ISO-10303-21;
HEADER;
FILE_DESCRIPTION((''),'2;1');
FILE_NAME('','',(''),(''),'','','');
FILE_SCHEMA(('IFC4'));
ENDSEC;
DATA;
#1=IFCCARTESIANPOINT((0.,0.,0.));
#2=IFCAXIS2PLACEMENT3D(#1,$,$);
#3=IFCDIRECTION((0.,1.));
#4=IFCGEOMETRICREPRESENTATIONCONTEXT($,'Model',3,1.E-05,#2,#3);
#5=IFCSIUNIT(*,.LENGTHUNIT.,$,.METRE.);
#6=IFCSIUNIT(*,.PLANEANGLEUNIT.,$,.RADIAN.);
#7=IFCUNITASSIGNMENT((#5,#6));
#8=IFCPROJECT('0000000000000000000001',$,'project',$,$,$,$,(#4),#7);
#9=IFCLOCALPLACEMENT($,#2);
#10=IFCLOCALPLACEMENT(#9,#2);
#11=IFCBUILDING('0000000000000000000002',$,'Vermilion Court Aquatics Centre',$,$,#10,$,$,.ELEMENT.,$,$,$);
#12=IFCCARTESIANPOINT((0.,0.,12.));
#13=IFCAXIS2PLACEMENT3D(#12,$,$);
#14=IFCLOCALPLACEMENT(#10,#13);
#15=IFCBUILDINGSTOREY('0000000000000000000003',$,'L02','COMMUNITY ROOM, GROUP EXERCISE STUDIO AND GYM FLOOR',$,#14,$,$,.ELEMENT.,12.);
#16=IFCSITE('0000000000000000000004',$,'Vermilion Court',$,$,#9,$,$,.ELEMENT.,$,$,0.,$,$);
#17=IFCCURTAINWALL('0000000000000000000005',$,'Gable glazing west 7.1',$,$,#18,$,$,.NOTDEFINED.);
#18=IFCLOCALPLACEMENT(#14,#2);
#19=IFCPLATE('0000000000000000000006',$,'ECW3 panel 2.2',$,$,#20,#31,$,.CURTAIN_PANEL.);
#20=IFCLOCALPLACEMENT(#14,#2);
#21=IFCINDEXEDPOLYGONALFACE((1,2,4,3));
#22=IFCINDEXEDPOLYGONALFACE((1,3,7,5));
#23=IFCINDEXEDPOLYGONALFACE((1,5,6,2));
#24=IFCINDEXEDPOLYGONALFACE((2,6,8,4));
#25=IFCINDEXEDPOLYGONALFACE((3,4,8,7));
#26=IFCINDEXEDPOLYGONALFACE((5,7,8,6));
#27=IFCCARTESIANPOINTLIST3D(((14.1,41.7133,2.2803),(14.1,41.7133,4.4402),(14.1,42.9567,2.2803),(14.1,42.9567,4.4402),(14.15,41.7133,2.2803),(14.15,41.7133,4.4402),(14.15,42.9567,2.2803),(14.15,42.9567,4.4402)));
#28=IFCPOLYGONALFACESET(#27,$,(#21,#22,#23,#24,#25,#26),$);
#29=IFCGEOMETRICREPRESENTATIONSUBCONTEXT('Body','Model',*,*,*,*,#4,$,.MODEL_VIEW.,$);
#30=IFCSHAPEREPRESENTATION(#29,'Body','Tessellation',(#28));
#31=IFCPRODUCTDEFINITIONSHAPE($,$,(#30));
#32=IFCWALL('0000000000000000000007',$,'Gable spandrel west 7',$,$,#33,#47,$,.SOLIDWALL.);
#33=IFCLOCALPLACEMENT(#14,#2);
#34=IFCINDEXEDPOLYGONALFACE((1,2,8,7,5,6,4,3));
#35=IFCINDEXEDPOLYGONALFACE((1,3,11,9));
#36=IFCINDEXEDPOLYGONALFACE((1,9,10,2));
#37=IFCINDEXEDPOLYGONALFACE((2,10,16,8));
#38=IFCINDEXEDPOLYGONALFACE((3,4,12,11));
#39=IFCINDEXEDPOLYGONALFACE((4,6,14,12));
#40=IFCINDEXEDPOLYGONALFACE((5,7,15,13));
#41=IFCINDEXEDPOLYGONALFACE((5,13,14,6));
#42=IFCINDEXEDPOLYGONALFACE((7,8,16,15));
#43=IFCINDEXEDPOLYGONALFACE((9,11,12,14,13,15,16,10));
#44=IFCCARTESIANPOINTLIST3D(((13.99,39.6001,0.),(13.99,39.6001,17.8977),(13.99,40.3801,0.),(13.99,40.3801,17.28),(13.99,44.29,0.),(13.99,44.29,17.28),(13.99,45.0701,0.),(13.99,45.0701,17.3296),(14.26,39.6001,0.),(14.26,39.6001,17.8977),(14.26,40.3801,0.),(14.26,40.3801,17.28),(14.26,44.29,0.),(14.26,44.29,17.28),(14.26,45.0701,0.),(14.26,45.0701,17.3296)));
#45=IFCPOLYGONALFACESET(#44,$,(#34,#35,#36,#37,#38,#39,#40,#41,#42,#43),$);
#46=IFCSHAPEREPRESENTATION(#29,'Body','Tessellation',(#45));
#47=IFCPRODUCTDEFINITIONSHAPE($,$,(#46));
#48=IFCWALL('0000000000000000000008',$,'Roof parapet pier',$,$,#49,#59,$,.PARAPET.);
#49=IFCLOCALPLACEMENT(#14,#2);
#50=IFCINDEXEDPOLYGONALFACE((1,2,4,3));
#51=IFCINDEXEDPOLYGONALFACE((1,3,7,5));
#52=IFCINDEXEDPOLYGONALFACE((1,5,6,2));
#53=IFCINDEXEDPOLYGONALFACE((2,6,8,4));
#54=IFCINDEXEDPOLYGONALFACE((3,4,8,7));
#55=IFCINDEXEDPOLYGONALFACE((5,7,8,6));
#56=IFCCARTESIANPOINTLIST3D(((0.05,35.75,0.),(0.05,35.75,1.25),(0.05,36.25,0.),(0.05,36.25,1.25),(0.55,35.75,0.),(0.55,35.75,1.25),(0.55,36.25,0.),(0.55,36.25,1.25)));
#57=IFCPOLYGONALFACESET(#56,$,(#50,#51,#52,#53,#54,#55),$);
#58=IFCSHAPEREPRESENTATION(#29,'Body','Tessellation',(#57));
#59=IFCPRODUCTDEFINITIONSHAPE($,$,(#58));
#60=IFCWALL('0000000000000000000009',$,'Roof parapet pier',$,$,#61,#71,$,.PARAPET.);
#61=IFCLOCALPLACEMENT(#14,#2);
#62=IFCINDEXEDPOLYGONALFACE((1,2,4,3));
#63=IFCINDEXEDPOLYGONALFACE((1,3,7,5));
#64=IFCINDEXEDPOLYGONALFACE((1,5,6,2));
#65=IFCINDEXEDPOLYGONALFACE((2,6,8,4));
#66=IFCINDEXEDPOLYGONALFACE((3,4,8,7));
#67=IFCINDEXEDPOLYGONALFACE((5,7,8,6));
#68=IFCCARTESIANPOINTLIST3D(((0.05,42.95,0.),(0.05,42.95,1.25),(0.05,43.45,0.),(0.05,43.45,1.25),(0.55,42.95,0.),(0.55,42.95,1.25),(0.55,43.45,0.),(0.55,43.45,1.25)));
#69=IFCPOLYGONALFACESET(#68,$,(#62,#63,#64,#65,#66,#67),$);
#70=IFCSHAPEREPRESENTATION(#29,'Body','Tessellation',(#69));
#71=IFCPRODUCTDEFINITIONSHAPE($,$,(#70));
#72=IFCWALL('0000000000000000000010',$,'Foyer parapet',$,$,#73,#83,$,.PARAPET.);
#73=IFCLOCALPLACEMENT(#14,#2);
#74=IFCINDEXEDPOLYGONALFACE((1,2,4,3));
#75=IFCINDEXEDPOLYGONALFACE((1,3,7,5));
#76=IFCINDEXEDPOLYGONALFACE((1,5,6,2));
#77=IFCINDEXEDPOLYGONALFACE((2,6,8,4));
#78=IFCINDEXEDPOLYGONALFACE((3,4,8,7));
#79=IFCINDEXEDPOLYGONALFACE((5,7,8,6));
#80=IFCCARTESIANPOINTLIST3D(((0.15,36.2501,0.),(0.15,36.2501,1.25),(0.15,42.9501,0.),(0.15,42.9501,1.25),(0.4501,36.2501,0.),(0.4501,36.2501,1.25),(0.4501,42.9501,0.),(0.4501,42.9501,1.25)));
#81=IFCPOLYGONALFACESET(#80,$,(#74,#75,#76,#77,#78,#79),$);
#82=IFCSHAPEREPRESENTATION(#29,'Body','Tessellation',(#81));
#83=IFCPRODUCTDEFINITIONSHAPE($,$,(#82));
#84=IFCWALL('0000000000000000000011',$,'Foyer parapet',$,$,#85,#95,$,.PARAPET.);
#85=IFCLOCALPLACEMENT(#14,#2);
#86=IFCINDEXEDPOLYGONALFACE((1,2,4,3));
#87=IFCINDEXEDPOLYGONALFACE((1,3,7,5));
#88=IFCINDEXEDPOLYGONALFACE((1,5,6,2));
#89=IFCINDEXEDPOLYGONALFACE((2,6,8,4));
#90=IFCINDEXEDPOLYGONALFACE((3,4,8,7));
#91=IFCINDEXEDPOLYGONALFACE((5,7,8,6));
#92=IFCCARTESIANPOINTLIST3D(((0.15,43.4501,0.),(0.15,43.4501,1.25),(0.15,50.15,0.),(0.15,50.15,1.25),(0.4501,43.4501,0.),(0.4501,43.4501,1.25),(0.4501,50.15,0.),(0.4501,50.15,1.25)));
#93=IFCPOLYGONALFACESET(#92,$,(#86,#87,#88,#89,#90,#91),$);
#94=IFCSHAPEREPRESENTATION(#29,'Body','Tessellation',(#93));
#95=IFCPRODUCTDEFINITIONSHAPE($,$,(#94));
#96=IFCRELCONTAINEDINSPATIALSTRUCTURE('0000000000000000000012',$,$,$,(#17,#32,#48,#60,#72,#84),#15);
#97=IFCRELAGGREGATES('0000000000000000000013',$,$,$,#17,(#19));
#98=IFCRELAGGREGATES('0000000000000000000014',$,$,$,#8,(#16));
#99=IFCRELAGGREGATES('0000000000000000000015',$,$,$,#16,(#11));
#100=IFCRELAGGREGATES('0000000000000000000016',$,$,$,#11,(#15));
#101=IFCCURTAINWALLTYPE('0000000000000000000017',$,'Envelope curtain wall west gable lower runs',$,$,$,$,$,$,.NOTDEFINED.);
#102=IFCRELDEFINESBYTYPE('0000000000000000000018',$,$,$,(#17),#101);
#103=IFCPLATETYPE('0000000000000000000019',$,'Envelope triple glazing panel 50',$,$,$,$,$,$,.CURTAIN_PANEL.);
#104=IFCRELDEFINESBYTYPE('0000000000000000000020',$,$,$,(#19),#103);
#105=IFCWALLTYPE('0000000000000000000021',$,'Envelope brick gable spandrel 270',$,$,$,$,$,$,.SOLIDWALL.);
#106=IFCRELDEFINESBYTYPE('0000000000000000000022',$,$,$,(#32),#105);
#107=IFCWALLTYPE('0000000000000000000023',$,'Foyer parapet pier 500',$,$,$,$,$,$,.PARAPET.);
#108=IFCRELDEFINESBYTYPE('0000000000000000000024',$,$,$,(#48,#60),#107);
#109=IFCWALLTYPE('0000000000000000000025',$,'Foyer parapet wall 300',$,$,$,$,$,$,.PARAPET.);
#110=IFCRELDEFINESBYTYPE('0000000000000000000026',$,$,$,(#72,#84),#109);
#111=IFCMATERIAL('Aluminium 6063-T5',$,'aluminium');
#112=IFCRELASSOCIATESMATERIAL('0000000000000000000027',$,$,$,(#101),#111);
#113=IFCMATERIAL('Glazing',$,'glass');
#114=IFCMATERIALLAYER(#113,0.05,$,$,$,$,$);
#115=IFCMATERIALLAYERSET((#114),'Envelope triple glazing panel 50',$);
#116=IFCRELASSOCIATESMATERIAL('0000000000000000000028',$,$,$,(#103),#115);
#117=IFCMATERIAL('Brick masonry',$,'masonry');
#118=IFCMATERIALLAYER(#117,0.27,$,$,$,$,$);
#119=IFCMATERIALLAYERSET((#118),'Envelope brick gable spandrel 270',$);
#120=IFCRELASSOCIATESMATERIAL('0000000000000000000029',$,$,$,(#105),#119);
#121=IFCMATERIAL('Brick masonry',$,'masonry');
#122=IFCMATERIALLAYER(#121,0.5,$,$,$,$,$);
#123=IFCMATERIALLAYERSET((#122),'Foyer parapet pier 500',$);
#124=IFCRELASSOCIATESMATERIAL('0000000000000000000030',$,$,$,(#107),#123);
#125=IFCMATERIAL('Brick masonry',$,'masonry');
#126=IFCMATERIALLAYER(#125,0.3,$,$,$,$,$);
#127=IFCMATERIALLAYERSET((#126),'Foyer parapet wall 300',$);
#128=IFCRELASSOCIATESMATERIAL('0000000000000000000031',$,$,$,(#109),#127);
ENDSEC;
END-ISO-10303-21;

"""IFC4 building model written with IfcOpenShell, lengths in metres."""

from ifc_helpers import new_model, si_unit, direction, frame, frame_2d, origin, origin_2d, place, context, subcontext, project, spatial, polyline, rectangle, outline, extrude, material, layer, layer_set, type_object, element, aggregate, save


model = new_model("IFC4")

# Units and contexts
model_context = context("Model", 3, precision=1e-05, world=origin(), true_north=direction((0.0, 1.0)))
body_context = subcontext(model_context, "Body", "Model", "MODEL_VIEW")
ifc_project = project(units=[si_unit("LENGTHUNIT", "METRE"), si_unit("PLANEANGLEUNIT", "RADIAN")], contexts=[model_context])

# Site, building, storey
site_placement = place(None, origin())
site = spatial("IfcSite", under=ifc_project, at=site_placement, Name="Vermilion Court", CompositionType="ELEMENT", RefElevation=0.0)
building_placement = place(site_placement, origin())
building = spatial("IfcBuilding", under=site, at=building_placement, Name="Vermilion Court Aquatics Centre", CompositionType="ELEMENT")
storey_placement = place(building_placement, frame((0.0, 0.0, 12.0)))
storey = spatial("IfcBuildingStorey", under=building, at=storey_placement, Name="L02", Description="COMMUNITY ROOM, GROUP EXERCISE STUDIO AND GYM FLOOR", CompositionType="ELEMENT", Elevation=12.0)

# Curtain wall
ifc_material_1 = material(Name="Aluminium 6063-T5", Category="aluminium")
curtain_wall_type = type_object("IfcCurtainWallType", Name="Envelope curtain wall west gable lower runs", PredefinedType="NOTDEFINED", material=ifc_material_1)
curtain_wall_1_placement = place(storey_placement, origin())
curtain_wall_1 = element("IfcCurtainWall", 1, at=curtain_wall_1_placement, inside=storey, type_object=curtain_wall_type, Name="Gable glazing west 7.1", PredefinedType="NOTDEFINED")

# Plate
ifc_material_2 = material(Name="Glazing", Category="glass")
ifc_layer_1 = layer(ifc_material_2, 0.05)
ifc_layer_set_1 = layer_set([ifc_layer_1], Name="Envelope triple glazing panel 50")
plate_type = type_object("IfcPlateType", Name="Envelope triple glazing panel 50", PredefinedType="CURTAIN_PANEL", material=ifc_layer_set_1)
plate_1_placement = place(storey_placement, frame((14.125, 42.335, 2.2803), z_axis=(0.0, 0.0, 1.0), x_axis=(0.0, 1.0, 0.0)))
plate_1 = element("IfcPlate", 2, at=plate_1_placement, type_object=plate_type, Name="ECW3 panel 2.2", PredefinedType="CURTAIN_PANEL", context=body_context, shape_type="SweptSolid", body=[
    extrude(rectangle(XDim=1.2434, YDim=0.05, at=origin_2d()), origin(), (0.0, 0.0, 1.0), 2.1599),
])
aggregate(curtain_wall_1, [plate_1])

# Walls
ifc_material_3 = material(Name="Brick masonry", Category="masonry")
ifc_layer_2 = layer(ifc_material_3, 0.27)
ifc_layer_set_2 = layer_set([ifc_layer_2], Name="Envelope brick gable spandrel 270")
wall_type_1 = type_object("IfcWallType", Name="Envelope brick gable spandrel 270", PredefinedType="SOLIDWALL", material=ifc_layer_set_2)
wall_placement = place(storey_placement, frame((14.125, 39.6001, 0.0), z_axis=(0.0, 0.0, 1.0), x_axis=(0.0, 1.0, 0.0)))
element("IfcWall", 3, at=wall_placement, inside=storey, type_object=wall_type_1, Name="Gable spandrel west 7", PredefinedType="SOLIDWALL", context=body_context, shape_type="SweptSolid", body=[
    extrude(outline(polyline([(0.0, 0.0), (0.78, 0.0), (0.78, 17.28), (4.6899, 17.28), (4.6899, 0.0), (5.47, 0.0), (5.47, 17.3296), (0.0, 17.8977), (0.0, 0.0)])), frame((0.0, 0.135, 0.0), z_axis=(0.0, -1.0, 0.0), x_axis=(1.0, 0.0, 0.0)), (0.0, 0.0, 1.0), 0.27),
])
ifc_material_4 = material(Name="Brick masonry", Category="masonry")
ifc_layer_3 = layer(ifc_material_4, 0.5)
ifc_layer_set_3 = layer_set([ifc_layer_3], Name="Foyer parapet pier 500")
wall_type_2 = type_object("IfcWallType", Name="Foyer parapet pier 500", PredefinedType="PARAPET", material=ifc_layer_set_3)
for number, where, z_axis, x_axis, name in (
    (4, (0.05, 36.0, 0.0), (0.0, 0.0, 1.0), (1.0, 0.0, 0.0), "Roof parapet pier"),
    (5, (0.05, 43.2, 0.0), (0.0, 0.0, 1.0), (1.0, 0.0, 0.0), "Roof parapet pier"),
):
    element("IfcWall", number, at=place(storey_placement, frame(where, z_axis=z_axis, x_axis=x_axis)), inside=storey, type_object=wall_type_2, Name=name, PredefinedType="PARAPET", context=body_context, shape_type="SweptSolid", body=[
        extrude(rectangle(XDim=0.5, YDim=0.5, at=frame_2d((0.25, 0.0))), origin(), (0.0, 0.0, 1.0), 1.25),
    ])
ifc_material_5 = material(Name="Brick masonry", Category="masonry")
ifc_layer_4 = layer(ifc_material_5, 0.3)
ifc_layer_set_4 = layer_set([ifc_layer_4], Name="Foyer parapet wall 300")
wall_type_3 = type_object("IfcWallType", Name="Foyer parapet wall 300", PredefinedType="PARAPET", material=ifc_layer_set_4)
for number, where, z_axis, x_axis, name in (
    (6, (0.3, 36.25, 0.0), (0.0, 0.0, 1.0), (0.0, 1.0, 0.0), "Foyer parapet"),
    (7, (0.3, 43.45, 0.0), (0.0, 0.0, 1.0), (0.0, 1.0, 0.0), "Foyer parapet"),
):
    element("IfcWall", number, at=place(storey_placement, frame(where, z_axis=z_axis, x_axis=x_axis)), inside=storey, type_object=wall_type_3, Name=name, PredefinedType="PARAPET", context=body_context, shape_type="SweptSolid", body=[
        extrude(rectangle(XDim=6.7, YDim=0.3, at=frame_2d((3.3501, 0.0))), origin(), (0.0, 0.0, 1.0), 1.25),
    ])

save(model, "model.ifc")
